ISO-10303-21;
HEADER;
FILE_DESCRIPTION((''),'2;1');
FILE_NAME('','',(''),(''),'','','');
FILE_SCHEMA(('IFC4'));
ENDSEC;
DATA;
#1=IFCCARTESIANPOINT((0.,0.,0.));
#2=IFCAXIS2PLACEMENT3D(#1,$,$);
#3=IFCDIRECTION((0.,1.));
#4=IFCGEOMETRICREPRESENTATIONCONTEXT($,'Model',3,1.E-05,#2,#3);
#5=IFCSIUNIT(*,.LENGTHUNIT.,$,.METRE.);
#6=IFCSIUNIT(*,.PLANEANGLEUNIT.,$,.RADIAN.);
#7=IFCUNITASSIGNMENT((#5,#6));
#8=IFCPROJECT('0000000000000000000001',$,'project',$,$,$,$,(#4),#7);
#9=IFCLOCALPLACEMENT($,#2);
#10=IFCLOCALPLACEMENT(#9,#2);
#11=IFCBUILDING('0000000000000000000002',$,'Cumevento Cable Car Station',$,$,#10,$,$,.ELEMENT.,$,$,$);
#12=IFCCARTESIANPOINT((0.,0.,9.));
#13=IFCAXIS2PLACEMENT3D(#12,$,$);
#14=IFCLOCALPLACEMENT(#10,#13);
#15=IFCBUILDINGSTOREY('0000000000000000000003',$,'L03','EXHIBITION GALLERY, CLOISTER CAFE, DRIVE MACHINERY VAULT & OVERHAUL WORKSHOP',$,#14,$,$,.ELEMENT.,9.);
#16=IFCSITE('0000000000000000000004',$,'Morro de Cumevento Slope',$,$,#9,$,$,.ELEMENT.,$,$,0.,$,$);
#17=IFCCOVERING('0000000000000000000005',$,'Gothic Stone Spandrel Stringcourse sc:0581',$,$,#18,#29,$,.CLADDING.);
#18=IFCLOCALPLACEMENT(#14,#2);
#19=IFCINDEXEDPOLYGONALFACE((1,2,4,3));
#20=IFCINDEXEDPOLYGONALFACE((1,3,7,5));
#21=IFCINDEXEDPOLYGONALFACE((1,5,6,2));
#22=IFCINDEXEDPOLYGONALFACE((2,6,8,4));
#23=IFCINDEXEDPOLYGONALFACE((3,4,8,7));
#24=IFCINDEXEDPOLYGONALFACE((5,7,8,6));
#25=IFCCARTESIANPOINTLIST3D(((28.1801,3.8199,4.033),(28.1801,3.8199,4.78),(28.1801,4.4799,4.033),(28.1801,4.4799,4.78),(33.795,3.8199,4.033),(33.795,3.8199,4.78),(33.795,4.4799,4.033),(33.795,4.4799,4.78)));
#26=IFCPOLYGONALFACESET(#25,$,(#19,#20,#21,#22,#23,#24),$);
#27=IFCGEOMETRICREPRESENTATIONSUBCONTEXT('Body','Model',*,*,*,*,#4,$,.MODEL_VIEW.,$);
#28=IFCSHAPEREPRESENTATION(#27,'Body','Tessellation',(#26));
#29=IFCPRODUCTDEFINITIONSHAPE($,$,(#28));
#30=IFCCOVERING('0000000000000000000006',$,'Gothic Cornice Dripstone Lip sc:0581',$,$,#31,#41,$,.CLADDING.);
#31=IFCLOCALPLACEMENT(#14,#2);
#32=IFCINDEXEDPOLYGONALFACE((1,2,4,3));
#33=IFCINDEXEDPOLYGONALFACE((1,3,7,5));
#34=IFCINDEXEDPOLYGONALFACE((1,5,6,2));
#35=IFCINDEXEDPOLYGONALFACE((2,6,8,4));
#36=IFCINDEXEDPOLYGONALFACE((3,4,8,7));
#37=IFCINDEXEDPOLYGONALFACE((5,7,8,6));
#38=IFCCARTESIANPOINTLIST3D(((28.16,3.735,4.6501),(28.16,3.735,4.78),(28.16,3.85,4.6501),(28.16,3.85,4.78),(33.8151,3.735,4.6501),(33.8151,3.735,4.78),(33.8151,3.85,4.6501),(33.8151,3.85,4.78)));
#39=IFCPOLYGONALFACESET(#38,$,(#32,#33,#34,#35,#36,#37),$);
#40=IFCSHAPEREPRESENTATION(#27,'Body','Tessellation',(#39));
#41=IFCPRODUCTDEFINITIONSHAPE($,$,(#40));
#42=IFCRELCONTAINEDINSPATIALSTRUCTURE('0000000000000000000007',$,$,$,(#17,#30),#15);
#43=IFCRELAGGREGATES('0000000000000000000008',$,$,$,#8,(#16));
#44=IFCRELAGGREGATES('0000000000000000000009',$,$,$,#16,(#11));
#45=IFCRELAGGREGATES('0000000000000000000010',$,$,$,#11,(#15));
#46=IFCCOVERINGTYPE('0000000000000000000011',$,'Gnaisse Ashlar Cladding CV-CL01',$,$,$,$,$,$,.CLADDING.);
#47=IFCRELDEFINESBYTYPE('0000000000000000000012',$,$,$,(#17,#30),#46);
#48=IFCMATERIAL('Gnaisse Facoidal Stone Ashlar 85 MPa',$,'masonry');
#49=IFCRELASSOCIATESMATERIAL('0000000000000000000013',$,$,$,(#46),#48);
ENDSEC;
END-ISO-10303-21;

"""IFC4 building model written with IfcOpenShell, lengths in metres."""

from ifc_helpers import new_model, si_unit, direction, frame, origin, origin_2d, place, context, subcontext, project, spatial, rectangle, extrude, material, type_object, element, save


model = new_model("IFC4")

# Units and contexts
model_context = context("Model", 3, precision=1e-05, world=origin(), true_north=direction((0.0, 1.0)))
body_context = subcontext(model_context, "Body", "Model", "MODEL_VIEW")
ifc_project = project(units=[si_unit("LENGTHUNIT", "METRE"), si_unit("PLANEANGLEUNIT", "RADIAN")], contexts=[model_context])

# Site, building, storey
site_placement = place(None, origin())
site = spatial("IfcSite", under=ifc_project, at=site_placement, Name="Morro de Cumevento Slope", CompositionType="ELEMENT", RefElevation=0.0)
building_placement = place(site_placement, origin())
building = spatial("IfcBuilding", under=site, at=building_placement, Name="Cumevento Cable Car Station", CompositionType="ELEMENT")
storey_placement = place(building_placement, frame((0.0, 0.0, 9.0)))
storey = spatial("IfcBuildingStorey", under=building, at=storey_placement, Name="L03", Description="EXHIBITION GALLERY, CLOISTER CAFE, DRIVE MACHINERY VAULT & OVERHAUL WORKSHOP", CompositionType="ELEMENT", Elevation=9.0)

# Coverings
ifc_material_1 = material(Name="Gnaisse Facoidal Stone Ashlar 85 MPa", Category="masonry")
covering_type = type_object("IfcCoveringType", Name="Gnaisse Ashlar Cladding CV-CL01", PredefinedType="CLADDING", material=ifc_material_1)
covering_1_placement = place(storey_placement, frame((30.9875, 4.1499, 4.033), z_axis=(0.0, 0.0, 1.0), x_axis=(-1.0, 0.0, 0.0)))
element("IfcCovering", 1, at=covering_1_placement, inside=storey, type_object=covering_type, Name="Gothic Stone Spandrel Stringcourse sc:0581", PredefinedType="CLADDING", context=body_context, shape_type="SweptSolid", body=[
    extrude(rectangle(XDim=5.615, YDim=0.6599, at=origin_2d()), origin(), (0.0, 0.0, 1.0), 0.7471),
])
covering_2_placement = place(storey_placement, frame((30.9875, 3.7925, 4.6501), z_axis=(0.0, 0.0, 1.0), x_axis=(-1.0, 0.0, 0.0)))
element("IfcCovering", 2, at=covering_2_placement, inside=storey, type_object=covering_type, Name="Gothic Cornice Dripstone Lip sc:0581", PredefinedType="CLADDING", context=body_context, shape_type="SweptSolid", body=[
    extrude(rectangle(XDim=5.655, YDim=0.115, at=origin_2d()), origin(), (0.0, 0.0, 1.0), 0.1299),
])

save(model, "model.ifc")
